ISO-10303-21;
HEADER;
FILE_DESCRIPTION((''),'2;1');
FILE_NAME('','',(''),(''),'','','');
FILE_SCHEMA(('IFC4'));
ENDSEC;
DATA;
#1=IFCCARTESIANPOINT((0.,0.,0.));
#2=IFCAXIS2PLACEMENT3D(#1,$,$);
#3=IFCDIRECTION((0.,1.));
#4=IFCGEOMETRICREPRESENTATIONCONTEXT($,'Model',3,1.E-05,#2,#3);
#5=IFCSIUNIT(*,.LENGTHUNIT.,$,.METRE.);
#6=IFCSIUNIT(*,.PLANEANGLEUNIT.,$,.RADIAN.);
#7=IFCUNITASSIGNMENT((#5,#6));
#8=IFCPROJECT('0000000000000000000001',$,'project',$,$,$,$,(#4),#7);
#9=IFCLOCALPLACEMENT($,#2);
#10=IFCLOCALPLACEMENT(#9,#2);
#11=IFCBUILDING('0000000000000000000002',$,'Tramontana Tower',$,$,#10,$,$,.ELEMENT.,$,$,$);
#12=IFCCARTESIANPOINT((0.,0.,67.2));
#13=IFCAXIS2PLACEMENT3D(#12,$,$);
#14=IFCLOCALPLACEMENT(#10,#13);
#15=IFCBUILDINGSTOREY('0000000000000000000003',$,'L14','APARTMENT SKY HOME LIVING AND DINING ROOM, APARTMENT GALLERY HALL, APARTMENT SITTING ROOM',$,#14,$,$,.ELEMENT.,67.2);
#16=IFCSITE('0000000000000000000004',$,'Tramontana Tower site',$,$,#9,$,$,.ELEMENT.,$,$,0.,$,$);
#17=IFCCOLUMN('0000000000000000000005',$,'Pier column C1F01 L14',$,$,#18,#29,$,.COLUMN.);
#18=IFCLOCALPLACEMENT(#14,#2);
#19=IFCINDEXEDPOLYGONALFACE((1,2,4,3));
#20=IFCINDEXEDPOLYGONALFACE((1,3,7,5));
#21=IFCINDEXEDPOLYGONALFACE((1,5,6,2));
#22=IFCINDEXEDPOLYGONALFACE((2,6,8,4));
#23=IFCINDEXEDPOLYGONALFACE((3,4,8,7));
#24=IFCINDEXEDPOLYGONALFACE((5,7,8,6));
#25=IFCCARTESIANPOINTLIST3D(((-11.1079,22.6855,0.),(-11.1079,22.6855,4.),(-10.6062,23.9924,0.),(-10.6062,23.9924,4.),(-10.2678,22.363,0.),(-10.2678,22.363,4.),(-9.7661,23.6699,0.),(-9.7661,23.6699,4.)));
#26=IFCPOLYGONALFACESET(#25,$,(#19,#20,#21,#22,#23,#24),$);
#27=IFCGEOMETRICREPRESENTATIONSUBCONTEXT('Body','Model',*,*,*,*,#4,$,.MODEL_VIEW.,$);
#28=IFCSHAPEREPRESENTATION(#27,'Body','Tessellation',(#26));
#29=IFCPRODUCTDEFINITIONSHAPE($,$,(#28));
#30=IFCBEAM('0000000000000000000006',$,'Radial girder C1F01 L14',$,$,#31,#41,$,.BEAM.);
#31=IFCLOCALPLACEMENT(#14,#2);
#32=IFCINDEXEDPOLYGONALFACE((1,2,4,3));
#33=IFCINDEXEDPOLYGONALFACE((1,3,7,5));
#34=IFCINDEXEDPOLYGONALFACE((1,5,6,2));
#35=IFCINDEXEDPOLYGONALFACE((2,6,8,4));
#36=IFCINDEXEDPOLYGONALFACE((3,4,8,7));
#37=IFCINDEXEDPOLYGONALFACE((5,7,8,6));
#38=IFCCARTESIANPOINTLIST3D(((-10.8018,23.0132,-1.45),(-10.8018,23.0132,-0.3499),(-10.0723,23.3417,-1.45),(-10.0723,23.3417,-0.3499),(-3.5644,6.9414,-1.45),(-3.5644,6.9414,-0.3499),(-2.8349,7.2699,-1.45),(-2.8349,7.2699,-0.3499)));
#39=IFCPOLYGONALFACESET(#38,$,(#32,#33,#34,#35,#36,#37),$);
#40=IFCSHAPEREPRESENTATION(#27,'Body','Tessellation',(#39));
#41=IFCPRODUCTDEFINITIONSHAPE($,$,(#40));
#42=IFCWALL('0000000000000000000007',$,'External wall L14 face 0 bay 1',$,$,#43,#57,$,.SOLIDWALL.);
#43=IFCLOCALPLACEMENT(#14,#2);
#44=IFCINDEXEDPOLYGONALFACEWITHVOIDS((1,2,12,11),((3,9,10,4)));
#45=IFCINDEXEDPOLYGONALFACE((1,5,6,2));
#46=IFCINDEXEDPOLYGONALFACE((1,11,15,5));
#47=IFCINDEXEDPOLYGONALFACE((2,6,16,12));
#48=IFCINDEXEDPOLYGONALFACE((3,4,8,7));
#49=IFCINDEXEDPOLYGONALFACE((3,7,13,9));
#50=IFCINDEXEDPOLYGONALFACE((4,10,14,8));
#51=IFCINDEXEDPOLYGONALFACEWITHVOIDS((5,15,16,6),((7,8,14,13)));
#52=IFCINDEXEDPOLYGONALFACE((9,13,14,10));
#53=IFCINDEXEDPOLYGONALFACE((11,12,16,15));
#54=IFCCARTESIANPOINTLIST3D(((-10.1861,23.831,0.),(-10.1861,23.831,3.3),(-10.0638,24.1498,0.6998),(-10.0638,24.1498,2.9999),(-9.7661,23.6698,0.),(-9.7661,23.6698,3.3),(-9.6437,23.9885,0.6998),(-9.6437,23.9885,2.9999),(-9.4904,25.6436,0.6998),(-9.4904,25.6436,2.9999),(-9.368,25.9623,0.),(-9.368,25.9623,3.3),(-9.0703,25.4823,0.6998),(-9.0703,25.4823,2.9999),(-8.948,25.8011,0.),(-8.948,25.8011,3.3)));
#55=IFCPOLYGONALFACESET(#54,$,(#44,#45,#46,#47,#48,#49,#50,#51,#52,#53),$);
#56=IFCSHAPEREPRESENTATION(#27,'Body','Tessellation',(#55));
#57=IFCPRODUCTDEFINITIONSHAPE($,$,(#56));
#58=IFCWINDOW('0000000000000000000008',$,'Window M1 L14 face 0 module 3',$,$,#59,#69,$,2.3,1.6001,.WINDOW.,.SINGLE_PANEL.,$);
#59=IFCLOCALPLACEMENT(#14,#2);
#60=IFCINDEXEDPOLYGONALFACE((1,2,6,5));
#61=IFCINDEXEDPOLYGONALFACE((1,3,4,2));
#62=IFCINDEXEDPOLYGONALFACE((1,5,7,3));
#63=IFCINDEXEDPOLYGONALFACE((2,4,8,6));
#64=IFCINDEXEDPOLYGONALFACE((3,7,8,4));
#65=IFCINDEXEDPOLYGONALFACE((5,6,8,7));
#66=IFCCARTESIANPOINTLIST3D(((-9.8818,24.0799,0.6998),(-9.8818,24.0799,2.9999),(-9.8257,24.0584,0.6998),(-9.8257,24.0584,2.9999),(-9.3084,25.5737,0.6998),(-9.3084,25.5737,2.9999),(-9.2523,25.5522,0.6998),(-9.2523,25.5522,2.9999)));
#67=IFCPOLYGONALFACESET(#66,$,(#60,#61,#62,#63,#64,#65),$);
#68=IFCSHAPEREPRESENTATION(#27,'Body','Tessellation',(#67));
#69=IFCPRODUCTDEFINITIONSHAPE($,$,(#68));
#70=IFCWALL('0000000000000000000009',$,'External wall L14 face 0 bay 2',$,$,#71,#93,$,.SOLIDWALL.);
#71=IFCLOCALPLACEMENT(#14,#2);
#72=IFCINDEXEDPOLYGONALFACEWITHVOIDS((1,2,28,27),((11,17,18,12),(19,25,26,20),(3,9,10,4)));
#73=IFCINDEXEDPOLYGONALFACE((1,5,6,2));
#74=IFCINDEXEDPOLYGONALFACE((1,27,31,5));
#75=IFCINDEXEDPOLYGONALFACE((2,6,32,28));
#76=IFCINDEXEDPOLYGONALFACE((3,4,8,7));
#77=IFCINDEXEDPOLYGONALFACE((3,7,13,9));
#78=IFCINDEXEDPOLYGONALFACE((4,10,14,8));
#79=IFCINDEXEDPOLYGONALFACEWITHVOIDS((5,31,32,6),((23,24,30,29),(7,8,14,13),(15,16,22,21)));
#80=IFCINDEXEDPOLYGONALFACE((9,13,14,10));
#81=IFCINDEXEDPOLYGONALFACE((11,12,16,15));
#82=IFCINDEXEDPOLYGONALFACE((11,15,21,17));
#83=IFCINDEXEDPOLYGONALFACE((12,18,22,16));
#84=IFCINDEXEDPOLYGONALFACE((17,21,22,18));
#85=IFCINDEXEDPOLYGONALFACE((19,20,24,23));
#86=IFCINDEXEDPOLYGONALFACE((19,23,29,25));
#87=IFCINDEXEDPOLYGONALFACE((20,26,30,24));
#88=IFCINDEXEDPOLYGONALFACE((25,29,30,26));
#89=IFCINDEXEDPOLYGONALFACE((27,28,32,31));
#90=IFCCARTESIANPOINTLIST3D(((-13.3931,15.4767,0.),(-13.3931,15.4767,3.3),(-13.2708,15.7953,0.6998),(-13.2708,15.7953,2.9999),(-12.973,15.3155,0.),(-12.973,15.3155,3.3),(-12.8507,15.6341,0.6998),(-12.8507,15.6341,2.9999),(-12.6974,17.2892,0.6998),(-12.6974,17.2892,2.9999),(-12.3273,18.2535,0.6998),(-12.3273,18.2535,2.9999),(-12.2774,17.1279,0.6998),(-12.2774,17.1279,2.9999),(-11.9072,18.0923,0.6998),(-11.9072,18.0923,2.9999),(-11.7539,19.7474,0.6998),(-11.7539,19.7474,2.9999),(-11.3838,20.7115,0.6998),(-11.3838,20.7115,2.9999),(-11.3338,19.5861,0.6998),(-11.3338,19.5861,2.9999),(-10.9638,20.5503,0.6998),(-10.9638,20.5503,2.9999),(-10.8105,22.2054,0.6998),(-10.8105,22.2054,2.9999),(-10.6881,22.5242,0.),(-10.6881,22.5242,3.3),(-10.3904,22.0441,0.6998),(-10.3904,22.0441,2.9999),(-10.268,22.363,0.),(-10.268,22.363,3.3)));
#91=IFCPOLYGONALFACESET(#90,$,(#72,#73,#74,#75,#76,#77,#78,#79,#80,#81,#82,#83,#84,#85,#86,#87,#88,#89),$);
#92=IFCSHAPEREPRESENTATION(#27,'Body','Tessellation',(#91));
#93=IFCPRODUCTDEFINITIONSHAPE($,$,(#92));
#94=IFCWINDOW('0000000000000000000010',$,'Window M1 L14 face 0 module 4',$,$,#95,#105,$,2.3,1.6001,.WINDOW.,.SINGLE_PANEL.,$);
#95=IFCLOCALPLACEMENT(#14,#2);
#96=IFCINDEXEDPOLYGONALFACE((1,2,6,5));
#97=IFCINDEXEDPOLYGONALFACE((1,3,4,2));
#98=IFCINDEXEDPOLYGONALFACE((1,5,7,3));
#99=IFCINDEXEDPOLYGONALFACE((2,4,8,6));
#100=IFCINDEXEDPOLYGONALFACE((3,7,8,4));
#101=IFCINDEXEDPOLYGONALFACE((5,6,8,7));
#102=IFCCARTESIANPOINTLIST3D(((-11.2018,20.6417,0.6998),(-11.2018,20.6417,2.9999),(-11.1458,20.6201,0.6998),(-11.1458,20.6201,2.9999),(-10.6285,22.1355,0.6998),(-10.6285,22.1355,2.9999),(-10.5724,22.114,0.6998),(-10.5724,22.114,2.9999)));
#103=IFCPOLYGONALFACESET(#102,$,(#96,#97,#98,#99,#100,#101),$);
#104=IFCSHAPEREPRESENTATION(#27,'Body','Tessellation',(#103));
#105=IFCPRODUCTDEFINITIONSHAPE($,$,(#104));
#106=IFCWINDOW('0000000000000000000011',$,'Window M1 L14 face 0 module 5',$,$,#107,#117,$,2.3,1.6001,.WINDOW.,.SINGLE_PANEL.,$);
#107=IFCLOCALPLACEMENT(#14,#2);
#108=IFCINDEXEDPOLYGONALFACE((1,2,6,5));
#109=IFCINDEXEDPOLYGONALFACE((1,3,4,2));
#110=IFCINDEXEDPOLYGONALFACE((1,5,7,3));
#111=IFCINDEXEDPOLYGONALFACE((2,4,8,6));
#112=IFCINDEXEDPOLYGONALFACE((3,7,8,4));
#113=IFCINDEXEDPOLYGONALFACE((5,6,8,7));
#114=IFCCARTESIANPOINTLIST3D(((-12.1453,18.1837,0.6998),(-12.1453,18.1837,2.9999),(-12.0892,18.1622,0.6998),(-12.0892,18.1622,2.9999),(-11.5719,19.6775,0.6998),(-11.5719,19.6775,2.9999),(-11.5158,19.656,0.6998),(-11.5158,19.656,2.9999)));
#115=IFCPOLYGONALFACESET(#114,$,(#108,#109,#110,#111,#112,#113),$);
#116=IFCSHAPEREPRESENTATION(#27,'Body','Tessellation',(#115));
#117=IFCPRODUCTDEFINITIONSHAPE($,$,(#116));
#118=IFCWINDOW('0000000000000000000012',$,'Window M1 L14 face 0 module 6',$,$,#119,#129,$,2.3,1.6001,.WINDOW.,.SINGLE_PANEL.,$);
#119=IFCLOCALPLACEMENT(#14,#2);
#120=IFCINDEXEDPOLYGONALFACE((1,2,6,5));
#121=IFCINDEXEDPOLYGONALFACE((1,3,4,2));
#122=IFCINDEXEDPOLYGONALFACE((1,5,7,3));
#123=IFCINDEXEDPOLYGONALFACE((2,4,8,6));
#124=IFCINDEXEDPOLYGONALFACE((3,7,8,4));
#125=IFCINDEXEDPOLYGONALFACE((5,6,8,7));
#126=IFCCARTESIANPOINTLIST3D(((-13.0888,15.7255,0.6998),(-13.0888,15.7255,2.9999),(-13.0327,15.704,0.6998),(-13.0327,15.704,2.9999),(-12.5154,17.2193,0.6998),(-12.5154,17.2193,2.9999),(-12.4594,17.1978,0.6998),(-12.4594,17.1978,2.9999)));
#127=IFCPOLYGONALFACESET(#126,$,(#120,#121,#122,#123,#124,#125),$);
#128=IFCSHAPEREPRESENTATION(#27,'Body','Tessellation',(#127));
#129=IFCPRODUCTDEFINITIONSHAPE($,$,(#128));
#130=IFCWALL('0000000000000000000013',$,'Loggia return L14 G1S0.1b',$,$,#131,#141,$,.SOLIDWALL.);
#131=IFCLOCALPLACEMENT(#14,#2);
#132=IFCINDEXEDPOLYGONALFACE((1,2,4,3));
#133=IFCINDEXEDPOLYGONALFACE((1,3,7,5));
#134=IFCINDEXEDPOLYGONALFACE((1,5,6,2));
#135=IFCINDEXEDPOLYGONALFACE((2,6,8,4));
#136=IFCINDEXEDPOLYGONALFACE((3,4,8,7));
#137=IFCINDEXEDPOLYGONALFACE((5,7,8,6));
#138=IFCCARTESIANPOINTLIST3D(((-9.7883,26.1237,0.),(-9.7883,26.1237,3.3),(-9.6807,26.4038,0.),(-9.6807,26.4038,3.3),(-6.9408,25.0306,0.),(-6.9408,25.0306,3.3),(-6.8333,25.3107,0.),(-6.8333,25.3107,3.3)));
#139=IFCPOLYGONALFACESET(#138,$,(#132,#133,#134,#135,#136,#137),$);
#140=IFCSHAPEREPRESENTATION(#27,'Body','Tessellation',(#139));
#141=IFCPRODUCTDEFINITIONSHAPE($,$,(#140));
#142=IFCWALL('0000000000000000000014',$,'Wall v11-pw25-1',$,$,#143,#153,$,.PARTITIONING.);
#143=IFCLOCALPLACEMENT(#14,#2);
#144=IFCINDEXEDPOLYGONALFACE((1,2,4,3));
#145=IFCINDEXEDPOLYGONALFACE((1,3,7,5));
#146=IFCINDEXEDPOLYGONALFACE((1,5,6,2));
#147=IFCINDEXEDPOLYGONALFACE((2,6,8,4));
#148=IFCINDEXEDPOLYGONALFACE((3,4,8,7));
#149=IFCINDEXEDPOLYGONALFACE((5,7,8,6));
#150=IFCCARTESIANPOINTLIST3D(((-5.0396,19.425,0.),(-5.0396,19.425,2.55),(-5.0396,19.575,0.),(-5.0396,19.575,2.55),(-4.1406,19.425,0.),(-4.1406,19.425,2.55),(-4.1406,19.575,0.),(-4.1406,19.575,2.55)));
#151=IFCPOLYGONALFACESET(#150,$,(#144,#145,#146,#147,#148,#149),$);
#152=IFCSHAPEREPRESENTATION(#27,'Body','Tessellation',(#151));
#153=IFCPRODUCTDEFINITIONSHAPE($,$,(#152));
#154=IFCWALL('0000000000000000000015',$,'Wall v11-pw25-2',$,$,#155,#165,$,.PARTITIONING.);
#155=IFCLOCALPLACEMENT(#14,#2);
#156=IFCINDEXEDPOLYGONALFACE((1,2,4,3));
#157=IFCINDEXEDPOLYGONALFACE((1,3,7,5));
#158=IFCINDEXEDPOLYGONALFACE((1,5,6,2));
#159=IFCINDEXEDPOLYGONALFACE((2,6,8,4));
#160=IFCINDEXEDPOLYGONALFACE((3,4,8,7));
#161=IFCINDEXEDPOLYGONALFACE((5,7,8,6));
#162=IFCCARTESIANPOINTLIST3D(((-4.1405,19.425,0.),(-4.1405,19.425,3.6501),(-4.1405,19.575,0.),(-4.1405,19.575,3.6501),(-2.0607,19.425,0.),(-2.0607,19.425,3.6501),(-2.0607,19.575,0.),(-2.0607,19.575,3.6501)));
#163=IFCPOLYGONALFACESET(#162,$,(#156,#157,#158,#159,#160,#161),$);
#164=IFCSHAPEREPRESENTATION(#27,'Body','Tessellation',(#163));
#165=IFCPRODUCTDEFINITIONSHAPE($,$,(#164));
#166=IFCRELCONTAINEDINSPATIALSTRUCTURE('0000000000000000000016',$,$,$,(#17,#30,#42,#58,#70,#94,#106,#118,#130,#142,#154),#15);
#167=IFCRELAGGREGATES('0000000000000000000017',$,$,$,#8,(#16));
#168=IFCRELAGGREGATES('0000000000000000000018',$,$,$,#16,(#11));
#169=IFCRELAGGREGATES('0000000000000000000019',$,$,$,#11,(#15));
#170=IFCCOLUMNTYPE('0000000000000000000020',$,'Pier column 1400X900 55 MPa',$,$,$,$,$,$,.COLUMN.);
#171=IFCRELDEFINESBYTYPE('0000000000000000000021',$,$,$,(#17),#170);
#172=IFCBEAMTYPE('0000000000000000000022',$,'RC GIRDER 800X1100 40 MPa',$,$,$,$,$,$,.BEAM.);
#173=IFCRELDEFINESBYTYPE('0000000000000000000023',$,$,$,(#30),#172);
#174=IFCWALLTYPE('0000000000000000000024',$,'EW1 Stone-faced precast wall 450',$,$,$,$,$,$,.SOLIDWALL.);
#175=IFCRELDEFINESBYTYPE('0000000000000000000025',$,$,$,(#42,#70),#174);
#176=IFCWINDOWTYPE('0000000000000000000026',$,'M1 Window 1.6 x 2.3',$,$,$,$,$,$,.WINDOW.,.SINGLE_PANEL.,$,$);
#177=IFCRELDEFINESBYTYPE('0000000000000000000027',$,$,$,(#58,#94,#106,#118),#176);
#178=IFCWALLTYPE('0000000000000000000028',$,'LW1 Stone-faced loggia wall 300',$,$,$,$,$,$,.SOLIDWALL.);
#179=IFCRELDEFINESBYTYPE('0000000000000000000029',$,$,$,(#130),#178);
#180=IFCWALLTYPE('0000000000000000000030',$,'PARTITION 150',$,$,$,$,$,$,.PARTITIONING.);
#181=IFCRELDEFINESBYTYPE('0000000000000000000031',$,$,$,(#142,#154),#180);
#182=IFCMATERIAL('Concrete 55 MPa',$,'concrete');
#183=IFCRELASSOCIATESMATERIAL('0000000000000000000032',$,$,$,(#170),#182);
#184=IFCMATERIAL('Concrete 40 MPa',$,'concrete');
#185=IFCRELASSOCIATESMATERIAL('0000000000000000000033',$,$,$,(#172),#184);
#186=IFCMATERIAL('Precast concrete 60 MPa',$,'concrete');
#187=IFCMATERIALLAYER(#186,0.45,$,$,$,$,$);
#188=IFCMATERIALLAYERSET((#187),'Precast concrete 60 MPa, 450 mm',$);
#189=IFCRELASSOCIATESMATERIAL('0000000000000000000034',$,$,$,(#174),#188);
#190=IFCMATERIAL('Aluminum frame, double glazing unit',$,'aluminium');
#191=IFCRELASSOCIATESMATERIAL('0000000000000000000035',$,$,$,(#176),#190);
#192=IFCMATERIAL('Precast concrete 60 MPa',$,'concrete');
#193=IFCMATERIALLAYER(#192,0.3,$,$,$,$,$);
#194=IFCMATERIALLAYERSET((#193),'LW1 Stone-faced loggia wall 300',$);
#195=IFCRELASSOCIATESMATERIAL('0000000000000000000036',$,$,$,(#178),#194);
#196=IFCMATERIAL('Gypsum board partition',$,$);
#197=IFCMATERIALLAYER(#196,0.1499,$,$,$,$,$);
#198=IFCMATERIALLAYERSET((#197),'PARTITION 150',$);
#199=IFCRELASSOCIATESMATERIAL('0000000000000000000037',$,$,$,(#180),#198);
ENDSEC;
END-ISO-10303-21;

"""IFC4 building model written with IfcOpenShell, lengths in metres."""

from ifc_helpers import new_model, si_unit, direction, frame, frame_2d, origin, origin_2d, place, context, subcontext, project, spatial, rectangle, extrude, material, layer, layer_set, material_profile, profile_set, type_object, element, fill, save


model = new_model("IFC4")

# Units and contexts
model_context = context("Model", 3, precision=1e-05, world=origin(), true_north=direction((0.0, 1.0)))
body_context = subcontext(model_context, "Body", "Model", "MODEL_VIEW")
ifc_project = project(units=[si_unit("LENGTHUNIT", "METRE"), si_unit("PLANEANGLEUNIT", "RADIAN")], contexts=[model_context])

# Site, building, storey
site_placement = place(None, origin())
site = spatial("IfcSite", under=ifc_project, at=site_placement, Name="Tramontana Tower site", CompositionType="ELEMENT", RefElevation=0.0)
building_placement = place(site_placement, origin())
building = spatial("IfcBuilding", under=site, at=building_placement, Name="Tramontana Tower", CompositionType="ELEMENT")
storey_placement = place(building_placement, frame((0.0, 0.0, 67.2)))
storey = spatial("IfcBuildingStorey", under=building, at=storey_placement, Name="L14", Description="APARTMENT SKY HOME LIVING AND DINING ROOM, APARTMENT GALLERY HALL, APARTMENT SITTING ROOM", CompositionType="ELEMENT", Elevation=67.2)

# Column
ifc_material_1 = material(Name="Concrete 55 MPa", Category="concrete")
ifc_material_profile_1 = material_profile(ifc_material_1, rectangle(XDim=1.3999, YDim=0.8999, at=origin_2d()), Name="Pier column 1400X900 55 MPa")
ifc_profile_set_1 = profile_set([ifc_material_profile_1], Name="Concrete 55 MPa")
column_type = type_object("IfcColumnType", Name="Pier column 1400X900 55 MPa", PredefinedType="COLUMN", material=ifc_profile_set_1)
column_placement = place(storey_placement, frame((-10.437, 23.1777, 0.0), z_axis=(0.0, 0.0, 1.0), x_axis=(-0.358368, -0.93358, 0.0)))
element("IfcColumn", 1, at=column_placement, inside=storey, type_object=column_type, Name="Pier column C1F01 L14", PredefinedType="COLUMN", context=body_context, shape_type="SweptSolid", body=[
    extrude(rectangle(XDim=1.3999, YDim=0.8999, at=origin_2d()), origin(), (0.0, 0.0, 1.0), 4.0),
])

# Beam
ifc_material_2 = material(Name="Concrete 40 MPa", Category="concrete")
ifc_material_profile_2 = material_profile(ifc_material_2, rectangle(XDim=0.8, YDim=1.1001, at=origin_2d()), Name="RC GIRDER 800X1100 40 MPa")
ifc_profile_set_2 = profile_set([ifc_material_profile_2], Name="Concrete 40 MPa")
beam_type = type_object("IfcBeamType", Name="RC GIRDER 800X1100 40 MPa", PredefinedType="BEAM", material=ifc_profile_set_2)
beam_placement = place(storey_placement, frame((-10.437, 23.1775, -0.8999), z_axis=(0.410601, -0.911815, 0.0), x_axis=(0.911815, 0.410601, 0.0)))
element("IfcBeam", 2, at=beam_placement, inside=storey, type_object=beam_type, Name="Radial girder C1F01 L14", PredefinedType="BEAM", context=body_context, shape_type="SweptSolid", body=[
    extrude(rectangle(XDim=0.8, YDim=1.1001, at=origin_2d()), origin(), (0.0, 0.0, 1.0), 17.6262),
])

# Wall, opening, window
ifc_material_3 = material(Name="Precast concrete 60 MPa", Category="concrete")
ifc_layer_1 = layer(ifc_material_3, 0.45)
ifc_layer_set_1 = layer_set([ifc_layer_1], Name="Precast concrete 60 MPa, 450 mm")
wall_type_1 = type_object("IfcWallType", Name="EW1 Stone-faced precast wall 450", PredefinedType="SOLIDWALL", material=ifc_layer_set_1)
wall_1_placement = place(storey_placement, frame((-9.158, 25.8818, 0.0), z_axis=(0.0, 0.0, 1.0), x_axis=(-0.358356, -0.933585, 0.0)))
wall_1 = element("IfcWall", 3, at=wall_1_placement, inside=storey, type_object=wall_type_1, Name="External wall L14 face 0 bay 1", PredefinedType="SOLIDWALL", context=body_context, shape_type="SweptSolid", body=[
    extrude(rectangle(XDim=2.283, YDim=0.45, at=frame_2d((1.1416, 0.0))), origin(), (0.0, 0.0, 1.0), 3.3),
])
opening_1_placement = place(wall_1_placement, frame((0.3416, 0.0, 0.7)))
opening_1 = element("IfcOpeningElement", 4, at=opening_1_placement, cuts=wall_1, PredefinedType="OPENING", context=body_context, shape_type="SweptSolid", body=[
    extrude(rectangle(XDim=1.6001, YDim=2.3, at=frame_2d((0.8, 1.1499))), frame((0.0, 0.2349, 0.0), z_axis=(0.0, -1.0, 0.0), x_axis=(1.0, 0.0, 0.0)), (0.0, 0.0, 1.0), 0.47),
])
ifc_material_4 = material(Name="Aluminum frame, double glazing unit", Category="aluminium")
window_type = type_object("IfcWindowType", Name="M1 Window 1.6 x 2.3", PartitioningType="SINGLE_PANEL", PredefinedType="WINDOW", material=ifc_material_4)
window_1_placement = place(opening_1_placement, origin())
window_1 = element("IfcWindow", 5, at=window_1_placement, inside=storey, type_object=window_type, Name="Window M1 L14 face 0 module 3", OverallHeight=2.3, OverallWidth=1.6001, PartitioningType="SINGLE_PANEL", PredefinedType="WINDOW", context=body_context, shape_type="SweptSolid", body=[
    extrude(rectangle(XDim=1.6001, YDim=2.3, at=frame_2d((0.8, 1.1499))), frame((0.0, 0.03, 0.0), z_axis=(0.0, -1.0, 0.0), x_axis=(1.0, 0.0, 0.0)), (0.0, 0.0, 1.0), 0.0601),
])
fill(opening_1, window_1)

# Wall, openings, windows
wall_2_placement = place(storey_placement, frame((-10.478, 22.4436, 0.0), z_axis=(0.0, 0.0, 1.0), x_axis=(-0.35834, -0.933591, 0.0)))
wall_2 = element("IfcWall", 6, at=wall_2_placement, inside=storey, type_object=wall_type_1, Name="External wall L14 face 0 bay 2", PredefinedType="SOLIDWALL", context=body_context, shape_type="SweptSolid", body=[
    extrude(rectangle(XDim=7.5488, YDim=0.45, at=frame_2d((3.7744, 0.0))), origin(), (0.0, 0.0, 1.0), 3.3),
])
opening_2_placement = place(wall_2_placement, frame((0.3416, 0.0, 0.7)))
opening_2 = element("IfcOpeningElement", 7, at=opening_2_placement, cuts=wall_2, PredefinedType="OPENING", context=body_context, shape_type="SweptSolid", body=[
    extrude(rectangle(XDim=1.6001, YDim=2.3, at=frame_2d((0.8, 1.1499))), frame((0.0, 0.2349, 0.0), z_axis=(0.0, -1.0, 0.0), x_axis=(1.0, 0.0, 0.0)), (0.0, 0.0, 1.0), 0.47),
])
opening_3_placement = place(wall_2_placement, frame((2.9744, 0.0, 0.7)))
opening_3 = element("IfcOpeningElement", 8, at=opening_3_placement, cuts=wall_2, PredefinedType="OPENING", context=body_context, shape_type="SweptSolid", body=[
    extrude(rectangle(XDim=1.6001, YDim=2.3, at=frame_2d((0.8, 1.1499))), frame((0.0, 0.2349, 0.0), z_axis=(0.0, -1.0, 0.0), x_axis=(1.0, 0.0, 0.0)), (0.0, 0.0, 1.0), 0.47),
])
opening_4_placement = place(wall_2_placement, frame((5.6074, 0.0, 0.7)))
opening_4 = element("IfcOpeningElement", 9, at=opening_4_placement, cuts=wall_2, PredefinedType="OPENING", context=body_context, shape_type="SweptSolid", body=[
    extrude(rectangle(XDim=1.6001, YDim=2.3, at=frame_2d((0.8, 1.1499))), frame((0.0, 0.2349, 0.0), z_axis=(0.0, -1.0, 0.0), x_axis=(1.0, 0.0, 0.0)), (0.0, 0.0, 1.0), 0.47),
])
window_2_placement = place(opening_2_placement, origin())
window_2 = element("IfcWindow", 10, at=window_2_placement, inside=storey, type_object=window_type, Name="Window M1 L14 face 0 module 4", OverallHeight=2.3, OverallWidth=1.6001, PartitioningType="SINGLE_PANEL", PredefinedType="WINDOW", context=body_context, shape_type="SweptSolid", body=[
    extrude(rectangle(XDim=1.6001, YDim=2.3, at=frame_2d((0.8, 1.1499))), frame((0.0, 0.03, 0.0), z_axis=(0.0, -1.0, 0.0), x_axis=(1.0, 0.0, 0.0)), (0.0, 0.0, 1.0), 0.0601),
])
fill(opening_2, window_2)
window_3_placement = place(opening_3_placement, origin())
window_3 = element("IfcWindow", 11, at=window_3_placement, inside=storey, type_object=window_type, Name="Window M1 L14 face 0 module 5", OverallHeight=2.3, OverallWidth=1.6001, PartitioningType="SINGLE_PANEL", PredefinedType="WINDOW", context=body_context, shape_type="SweptSolid", body=[
    extrude(rectangle(XDim=1.6001, YDim=2.3, at=frame_2d((0.8, 1.1499))), frame((0.0, 0.03, 0.0), z_axis=(0.0, -1.0, 0.0), x_axis=(1.0, 0.0, 0.0)), (0.0, 0.0, 1.0), 0.0601),
])
fill(opening_3, window_3)
window_4_placement = place(opening_4_placement, origin())
window_4 = element("IfcWindow", 12, at=window_4_placement, inside=storey, type_object=window_type, Name="Window M1 L14 face 0 module 6", OverallHeight=2.3, OverallWidth=1.6001, PartitioningType="SINGLE_PANEL", PredefinedType="WINDOW", context=body_context, shape_type="SweptSolid", body=[
    extrude(rectangle(XDim=1.6001, YDim=2.3, at=frame_2d((0.8, 1.1499))), frame((0.0, 0.03, 0.0), z_axis=(0.0, -1.0, 0.0), x_axis=(1.0, 0.0, 0.0)), (0.0, 0.0, 1.0), 0.0601),
])
fill(opening_4, window_4)

# Shared definitions
ifc_material_5 = material(Name="Precast concrete 60 MPa", Category="concrete")
ifc_layer_2 = layer(ifc_material_5, 0.3)
ifc_layer_set_2 = layer_set([ifc_layer_2], Name="LW1 Stone-faced loggia wall 300")
wall_type_2 = type_object("IfcWallType", Name="LW1 Stone-faced loggia wall 300", PredefinedType="SOLIDWALL", material=ifc_layer_set_2)

# Wall
wall_3_placement = place(storey_placement, frame((-9.7344, 26.2637, 0.0), z_axis=(0.0, 0.0, 1.0), x_axis=(0.933581, -0.358368, 0.0)))
element("IfcWall", 13, at=wall_3_placement, inside=storey, type_object=wall_type_2, Name="Loggia return L14 G1S0.1b", PredefinedType="SOLIDWALL", context=body_context, shape_type="SweptSolid", body=[
    extrude(rectangle(XDim=3.05, YDim=0.3, at=frame_2d((1.5249, 0.0))), origin(), (0.0, 0.0, 1.0), 3.3),
])

# Shared definitions
ifc_material_6 = material(Name="Gypsum board partition")
ifc_layer_3 = layer(ifc_material_6, 0.1499)
ifc_layer_set_3 = layer_set([ifc_layer_3], Name="PARTITION 150")
wall_type_3 = type_object("IfcWallType", Name="PARTITION 150", PredefinedType="PARTITIONING", material=ifc_layer_set_3)

# Walls
wall_4_placement = place(storey_placement, frame((-5.0396, 19.5, 0.0), z_axis=(0.0, 0.0, 1.0), x_axis=(1.0, 0.0, 0.0)))
element("IfcWall", 14, at=wall_4_placement, inside=storey, type_object=wall_type_3, Name="Wall v11-pw25-1", PredefinedType="PARTITIONING", context=body_context, shape_type="SweptSolid", body=[
    extrude(rectangle(XDim=0.8989, YDim=0.1499, at=frame_2d((0.4495, 0.0))), origin(), (0.0, 0.0, 1.0), 2.55),
])
wall_5_placement = place(storey_placement, frame((-4.1406, 19.5, 0.0), z_axis=(0.0, 0.0, 1.0), x_axis=(1.0, 0.0, 0.0)))
element("IfcWall", 15, at=wall_5_placement, inside=storey, type_object=wall_type_3, Name="Wall v11-pw25-2", PredefinedType="PARTITIONING", context=body_context, shape_type="SweptSolid", body=[
    extrude(rectangle(XDim=2.0798, YDim=0.1499, at=frame_2d((1.04, 0.0))), origin(), (0.0, 0.0, 1.0), 3.6501),
])

save(model, "model.ifc")
